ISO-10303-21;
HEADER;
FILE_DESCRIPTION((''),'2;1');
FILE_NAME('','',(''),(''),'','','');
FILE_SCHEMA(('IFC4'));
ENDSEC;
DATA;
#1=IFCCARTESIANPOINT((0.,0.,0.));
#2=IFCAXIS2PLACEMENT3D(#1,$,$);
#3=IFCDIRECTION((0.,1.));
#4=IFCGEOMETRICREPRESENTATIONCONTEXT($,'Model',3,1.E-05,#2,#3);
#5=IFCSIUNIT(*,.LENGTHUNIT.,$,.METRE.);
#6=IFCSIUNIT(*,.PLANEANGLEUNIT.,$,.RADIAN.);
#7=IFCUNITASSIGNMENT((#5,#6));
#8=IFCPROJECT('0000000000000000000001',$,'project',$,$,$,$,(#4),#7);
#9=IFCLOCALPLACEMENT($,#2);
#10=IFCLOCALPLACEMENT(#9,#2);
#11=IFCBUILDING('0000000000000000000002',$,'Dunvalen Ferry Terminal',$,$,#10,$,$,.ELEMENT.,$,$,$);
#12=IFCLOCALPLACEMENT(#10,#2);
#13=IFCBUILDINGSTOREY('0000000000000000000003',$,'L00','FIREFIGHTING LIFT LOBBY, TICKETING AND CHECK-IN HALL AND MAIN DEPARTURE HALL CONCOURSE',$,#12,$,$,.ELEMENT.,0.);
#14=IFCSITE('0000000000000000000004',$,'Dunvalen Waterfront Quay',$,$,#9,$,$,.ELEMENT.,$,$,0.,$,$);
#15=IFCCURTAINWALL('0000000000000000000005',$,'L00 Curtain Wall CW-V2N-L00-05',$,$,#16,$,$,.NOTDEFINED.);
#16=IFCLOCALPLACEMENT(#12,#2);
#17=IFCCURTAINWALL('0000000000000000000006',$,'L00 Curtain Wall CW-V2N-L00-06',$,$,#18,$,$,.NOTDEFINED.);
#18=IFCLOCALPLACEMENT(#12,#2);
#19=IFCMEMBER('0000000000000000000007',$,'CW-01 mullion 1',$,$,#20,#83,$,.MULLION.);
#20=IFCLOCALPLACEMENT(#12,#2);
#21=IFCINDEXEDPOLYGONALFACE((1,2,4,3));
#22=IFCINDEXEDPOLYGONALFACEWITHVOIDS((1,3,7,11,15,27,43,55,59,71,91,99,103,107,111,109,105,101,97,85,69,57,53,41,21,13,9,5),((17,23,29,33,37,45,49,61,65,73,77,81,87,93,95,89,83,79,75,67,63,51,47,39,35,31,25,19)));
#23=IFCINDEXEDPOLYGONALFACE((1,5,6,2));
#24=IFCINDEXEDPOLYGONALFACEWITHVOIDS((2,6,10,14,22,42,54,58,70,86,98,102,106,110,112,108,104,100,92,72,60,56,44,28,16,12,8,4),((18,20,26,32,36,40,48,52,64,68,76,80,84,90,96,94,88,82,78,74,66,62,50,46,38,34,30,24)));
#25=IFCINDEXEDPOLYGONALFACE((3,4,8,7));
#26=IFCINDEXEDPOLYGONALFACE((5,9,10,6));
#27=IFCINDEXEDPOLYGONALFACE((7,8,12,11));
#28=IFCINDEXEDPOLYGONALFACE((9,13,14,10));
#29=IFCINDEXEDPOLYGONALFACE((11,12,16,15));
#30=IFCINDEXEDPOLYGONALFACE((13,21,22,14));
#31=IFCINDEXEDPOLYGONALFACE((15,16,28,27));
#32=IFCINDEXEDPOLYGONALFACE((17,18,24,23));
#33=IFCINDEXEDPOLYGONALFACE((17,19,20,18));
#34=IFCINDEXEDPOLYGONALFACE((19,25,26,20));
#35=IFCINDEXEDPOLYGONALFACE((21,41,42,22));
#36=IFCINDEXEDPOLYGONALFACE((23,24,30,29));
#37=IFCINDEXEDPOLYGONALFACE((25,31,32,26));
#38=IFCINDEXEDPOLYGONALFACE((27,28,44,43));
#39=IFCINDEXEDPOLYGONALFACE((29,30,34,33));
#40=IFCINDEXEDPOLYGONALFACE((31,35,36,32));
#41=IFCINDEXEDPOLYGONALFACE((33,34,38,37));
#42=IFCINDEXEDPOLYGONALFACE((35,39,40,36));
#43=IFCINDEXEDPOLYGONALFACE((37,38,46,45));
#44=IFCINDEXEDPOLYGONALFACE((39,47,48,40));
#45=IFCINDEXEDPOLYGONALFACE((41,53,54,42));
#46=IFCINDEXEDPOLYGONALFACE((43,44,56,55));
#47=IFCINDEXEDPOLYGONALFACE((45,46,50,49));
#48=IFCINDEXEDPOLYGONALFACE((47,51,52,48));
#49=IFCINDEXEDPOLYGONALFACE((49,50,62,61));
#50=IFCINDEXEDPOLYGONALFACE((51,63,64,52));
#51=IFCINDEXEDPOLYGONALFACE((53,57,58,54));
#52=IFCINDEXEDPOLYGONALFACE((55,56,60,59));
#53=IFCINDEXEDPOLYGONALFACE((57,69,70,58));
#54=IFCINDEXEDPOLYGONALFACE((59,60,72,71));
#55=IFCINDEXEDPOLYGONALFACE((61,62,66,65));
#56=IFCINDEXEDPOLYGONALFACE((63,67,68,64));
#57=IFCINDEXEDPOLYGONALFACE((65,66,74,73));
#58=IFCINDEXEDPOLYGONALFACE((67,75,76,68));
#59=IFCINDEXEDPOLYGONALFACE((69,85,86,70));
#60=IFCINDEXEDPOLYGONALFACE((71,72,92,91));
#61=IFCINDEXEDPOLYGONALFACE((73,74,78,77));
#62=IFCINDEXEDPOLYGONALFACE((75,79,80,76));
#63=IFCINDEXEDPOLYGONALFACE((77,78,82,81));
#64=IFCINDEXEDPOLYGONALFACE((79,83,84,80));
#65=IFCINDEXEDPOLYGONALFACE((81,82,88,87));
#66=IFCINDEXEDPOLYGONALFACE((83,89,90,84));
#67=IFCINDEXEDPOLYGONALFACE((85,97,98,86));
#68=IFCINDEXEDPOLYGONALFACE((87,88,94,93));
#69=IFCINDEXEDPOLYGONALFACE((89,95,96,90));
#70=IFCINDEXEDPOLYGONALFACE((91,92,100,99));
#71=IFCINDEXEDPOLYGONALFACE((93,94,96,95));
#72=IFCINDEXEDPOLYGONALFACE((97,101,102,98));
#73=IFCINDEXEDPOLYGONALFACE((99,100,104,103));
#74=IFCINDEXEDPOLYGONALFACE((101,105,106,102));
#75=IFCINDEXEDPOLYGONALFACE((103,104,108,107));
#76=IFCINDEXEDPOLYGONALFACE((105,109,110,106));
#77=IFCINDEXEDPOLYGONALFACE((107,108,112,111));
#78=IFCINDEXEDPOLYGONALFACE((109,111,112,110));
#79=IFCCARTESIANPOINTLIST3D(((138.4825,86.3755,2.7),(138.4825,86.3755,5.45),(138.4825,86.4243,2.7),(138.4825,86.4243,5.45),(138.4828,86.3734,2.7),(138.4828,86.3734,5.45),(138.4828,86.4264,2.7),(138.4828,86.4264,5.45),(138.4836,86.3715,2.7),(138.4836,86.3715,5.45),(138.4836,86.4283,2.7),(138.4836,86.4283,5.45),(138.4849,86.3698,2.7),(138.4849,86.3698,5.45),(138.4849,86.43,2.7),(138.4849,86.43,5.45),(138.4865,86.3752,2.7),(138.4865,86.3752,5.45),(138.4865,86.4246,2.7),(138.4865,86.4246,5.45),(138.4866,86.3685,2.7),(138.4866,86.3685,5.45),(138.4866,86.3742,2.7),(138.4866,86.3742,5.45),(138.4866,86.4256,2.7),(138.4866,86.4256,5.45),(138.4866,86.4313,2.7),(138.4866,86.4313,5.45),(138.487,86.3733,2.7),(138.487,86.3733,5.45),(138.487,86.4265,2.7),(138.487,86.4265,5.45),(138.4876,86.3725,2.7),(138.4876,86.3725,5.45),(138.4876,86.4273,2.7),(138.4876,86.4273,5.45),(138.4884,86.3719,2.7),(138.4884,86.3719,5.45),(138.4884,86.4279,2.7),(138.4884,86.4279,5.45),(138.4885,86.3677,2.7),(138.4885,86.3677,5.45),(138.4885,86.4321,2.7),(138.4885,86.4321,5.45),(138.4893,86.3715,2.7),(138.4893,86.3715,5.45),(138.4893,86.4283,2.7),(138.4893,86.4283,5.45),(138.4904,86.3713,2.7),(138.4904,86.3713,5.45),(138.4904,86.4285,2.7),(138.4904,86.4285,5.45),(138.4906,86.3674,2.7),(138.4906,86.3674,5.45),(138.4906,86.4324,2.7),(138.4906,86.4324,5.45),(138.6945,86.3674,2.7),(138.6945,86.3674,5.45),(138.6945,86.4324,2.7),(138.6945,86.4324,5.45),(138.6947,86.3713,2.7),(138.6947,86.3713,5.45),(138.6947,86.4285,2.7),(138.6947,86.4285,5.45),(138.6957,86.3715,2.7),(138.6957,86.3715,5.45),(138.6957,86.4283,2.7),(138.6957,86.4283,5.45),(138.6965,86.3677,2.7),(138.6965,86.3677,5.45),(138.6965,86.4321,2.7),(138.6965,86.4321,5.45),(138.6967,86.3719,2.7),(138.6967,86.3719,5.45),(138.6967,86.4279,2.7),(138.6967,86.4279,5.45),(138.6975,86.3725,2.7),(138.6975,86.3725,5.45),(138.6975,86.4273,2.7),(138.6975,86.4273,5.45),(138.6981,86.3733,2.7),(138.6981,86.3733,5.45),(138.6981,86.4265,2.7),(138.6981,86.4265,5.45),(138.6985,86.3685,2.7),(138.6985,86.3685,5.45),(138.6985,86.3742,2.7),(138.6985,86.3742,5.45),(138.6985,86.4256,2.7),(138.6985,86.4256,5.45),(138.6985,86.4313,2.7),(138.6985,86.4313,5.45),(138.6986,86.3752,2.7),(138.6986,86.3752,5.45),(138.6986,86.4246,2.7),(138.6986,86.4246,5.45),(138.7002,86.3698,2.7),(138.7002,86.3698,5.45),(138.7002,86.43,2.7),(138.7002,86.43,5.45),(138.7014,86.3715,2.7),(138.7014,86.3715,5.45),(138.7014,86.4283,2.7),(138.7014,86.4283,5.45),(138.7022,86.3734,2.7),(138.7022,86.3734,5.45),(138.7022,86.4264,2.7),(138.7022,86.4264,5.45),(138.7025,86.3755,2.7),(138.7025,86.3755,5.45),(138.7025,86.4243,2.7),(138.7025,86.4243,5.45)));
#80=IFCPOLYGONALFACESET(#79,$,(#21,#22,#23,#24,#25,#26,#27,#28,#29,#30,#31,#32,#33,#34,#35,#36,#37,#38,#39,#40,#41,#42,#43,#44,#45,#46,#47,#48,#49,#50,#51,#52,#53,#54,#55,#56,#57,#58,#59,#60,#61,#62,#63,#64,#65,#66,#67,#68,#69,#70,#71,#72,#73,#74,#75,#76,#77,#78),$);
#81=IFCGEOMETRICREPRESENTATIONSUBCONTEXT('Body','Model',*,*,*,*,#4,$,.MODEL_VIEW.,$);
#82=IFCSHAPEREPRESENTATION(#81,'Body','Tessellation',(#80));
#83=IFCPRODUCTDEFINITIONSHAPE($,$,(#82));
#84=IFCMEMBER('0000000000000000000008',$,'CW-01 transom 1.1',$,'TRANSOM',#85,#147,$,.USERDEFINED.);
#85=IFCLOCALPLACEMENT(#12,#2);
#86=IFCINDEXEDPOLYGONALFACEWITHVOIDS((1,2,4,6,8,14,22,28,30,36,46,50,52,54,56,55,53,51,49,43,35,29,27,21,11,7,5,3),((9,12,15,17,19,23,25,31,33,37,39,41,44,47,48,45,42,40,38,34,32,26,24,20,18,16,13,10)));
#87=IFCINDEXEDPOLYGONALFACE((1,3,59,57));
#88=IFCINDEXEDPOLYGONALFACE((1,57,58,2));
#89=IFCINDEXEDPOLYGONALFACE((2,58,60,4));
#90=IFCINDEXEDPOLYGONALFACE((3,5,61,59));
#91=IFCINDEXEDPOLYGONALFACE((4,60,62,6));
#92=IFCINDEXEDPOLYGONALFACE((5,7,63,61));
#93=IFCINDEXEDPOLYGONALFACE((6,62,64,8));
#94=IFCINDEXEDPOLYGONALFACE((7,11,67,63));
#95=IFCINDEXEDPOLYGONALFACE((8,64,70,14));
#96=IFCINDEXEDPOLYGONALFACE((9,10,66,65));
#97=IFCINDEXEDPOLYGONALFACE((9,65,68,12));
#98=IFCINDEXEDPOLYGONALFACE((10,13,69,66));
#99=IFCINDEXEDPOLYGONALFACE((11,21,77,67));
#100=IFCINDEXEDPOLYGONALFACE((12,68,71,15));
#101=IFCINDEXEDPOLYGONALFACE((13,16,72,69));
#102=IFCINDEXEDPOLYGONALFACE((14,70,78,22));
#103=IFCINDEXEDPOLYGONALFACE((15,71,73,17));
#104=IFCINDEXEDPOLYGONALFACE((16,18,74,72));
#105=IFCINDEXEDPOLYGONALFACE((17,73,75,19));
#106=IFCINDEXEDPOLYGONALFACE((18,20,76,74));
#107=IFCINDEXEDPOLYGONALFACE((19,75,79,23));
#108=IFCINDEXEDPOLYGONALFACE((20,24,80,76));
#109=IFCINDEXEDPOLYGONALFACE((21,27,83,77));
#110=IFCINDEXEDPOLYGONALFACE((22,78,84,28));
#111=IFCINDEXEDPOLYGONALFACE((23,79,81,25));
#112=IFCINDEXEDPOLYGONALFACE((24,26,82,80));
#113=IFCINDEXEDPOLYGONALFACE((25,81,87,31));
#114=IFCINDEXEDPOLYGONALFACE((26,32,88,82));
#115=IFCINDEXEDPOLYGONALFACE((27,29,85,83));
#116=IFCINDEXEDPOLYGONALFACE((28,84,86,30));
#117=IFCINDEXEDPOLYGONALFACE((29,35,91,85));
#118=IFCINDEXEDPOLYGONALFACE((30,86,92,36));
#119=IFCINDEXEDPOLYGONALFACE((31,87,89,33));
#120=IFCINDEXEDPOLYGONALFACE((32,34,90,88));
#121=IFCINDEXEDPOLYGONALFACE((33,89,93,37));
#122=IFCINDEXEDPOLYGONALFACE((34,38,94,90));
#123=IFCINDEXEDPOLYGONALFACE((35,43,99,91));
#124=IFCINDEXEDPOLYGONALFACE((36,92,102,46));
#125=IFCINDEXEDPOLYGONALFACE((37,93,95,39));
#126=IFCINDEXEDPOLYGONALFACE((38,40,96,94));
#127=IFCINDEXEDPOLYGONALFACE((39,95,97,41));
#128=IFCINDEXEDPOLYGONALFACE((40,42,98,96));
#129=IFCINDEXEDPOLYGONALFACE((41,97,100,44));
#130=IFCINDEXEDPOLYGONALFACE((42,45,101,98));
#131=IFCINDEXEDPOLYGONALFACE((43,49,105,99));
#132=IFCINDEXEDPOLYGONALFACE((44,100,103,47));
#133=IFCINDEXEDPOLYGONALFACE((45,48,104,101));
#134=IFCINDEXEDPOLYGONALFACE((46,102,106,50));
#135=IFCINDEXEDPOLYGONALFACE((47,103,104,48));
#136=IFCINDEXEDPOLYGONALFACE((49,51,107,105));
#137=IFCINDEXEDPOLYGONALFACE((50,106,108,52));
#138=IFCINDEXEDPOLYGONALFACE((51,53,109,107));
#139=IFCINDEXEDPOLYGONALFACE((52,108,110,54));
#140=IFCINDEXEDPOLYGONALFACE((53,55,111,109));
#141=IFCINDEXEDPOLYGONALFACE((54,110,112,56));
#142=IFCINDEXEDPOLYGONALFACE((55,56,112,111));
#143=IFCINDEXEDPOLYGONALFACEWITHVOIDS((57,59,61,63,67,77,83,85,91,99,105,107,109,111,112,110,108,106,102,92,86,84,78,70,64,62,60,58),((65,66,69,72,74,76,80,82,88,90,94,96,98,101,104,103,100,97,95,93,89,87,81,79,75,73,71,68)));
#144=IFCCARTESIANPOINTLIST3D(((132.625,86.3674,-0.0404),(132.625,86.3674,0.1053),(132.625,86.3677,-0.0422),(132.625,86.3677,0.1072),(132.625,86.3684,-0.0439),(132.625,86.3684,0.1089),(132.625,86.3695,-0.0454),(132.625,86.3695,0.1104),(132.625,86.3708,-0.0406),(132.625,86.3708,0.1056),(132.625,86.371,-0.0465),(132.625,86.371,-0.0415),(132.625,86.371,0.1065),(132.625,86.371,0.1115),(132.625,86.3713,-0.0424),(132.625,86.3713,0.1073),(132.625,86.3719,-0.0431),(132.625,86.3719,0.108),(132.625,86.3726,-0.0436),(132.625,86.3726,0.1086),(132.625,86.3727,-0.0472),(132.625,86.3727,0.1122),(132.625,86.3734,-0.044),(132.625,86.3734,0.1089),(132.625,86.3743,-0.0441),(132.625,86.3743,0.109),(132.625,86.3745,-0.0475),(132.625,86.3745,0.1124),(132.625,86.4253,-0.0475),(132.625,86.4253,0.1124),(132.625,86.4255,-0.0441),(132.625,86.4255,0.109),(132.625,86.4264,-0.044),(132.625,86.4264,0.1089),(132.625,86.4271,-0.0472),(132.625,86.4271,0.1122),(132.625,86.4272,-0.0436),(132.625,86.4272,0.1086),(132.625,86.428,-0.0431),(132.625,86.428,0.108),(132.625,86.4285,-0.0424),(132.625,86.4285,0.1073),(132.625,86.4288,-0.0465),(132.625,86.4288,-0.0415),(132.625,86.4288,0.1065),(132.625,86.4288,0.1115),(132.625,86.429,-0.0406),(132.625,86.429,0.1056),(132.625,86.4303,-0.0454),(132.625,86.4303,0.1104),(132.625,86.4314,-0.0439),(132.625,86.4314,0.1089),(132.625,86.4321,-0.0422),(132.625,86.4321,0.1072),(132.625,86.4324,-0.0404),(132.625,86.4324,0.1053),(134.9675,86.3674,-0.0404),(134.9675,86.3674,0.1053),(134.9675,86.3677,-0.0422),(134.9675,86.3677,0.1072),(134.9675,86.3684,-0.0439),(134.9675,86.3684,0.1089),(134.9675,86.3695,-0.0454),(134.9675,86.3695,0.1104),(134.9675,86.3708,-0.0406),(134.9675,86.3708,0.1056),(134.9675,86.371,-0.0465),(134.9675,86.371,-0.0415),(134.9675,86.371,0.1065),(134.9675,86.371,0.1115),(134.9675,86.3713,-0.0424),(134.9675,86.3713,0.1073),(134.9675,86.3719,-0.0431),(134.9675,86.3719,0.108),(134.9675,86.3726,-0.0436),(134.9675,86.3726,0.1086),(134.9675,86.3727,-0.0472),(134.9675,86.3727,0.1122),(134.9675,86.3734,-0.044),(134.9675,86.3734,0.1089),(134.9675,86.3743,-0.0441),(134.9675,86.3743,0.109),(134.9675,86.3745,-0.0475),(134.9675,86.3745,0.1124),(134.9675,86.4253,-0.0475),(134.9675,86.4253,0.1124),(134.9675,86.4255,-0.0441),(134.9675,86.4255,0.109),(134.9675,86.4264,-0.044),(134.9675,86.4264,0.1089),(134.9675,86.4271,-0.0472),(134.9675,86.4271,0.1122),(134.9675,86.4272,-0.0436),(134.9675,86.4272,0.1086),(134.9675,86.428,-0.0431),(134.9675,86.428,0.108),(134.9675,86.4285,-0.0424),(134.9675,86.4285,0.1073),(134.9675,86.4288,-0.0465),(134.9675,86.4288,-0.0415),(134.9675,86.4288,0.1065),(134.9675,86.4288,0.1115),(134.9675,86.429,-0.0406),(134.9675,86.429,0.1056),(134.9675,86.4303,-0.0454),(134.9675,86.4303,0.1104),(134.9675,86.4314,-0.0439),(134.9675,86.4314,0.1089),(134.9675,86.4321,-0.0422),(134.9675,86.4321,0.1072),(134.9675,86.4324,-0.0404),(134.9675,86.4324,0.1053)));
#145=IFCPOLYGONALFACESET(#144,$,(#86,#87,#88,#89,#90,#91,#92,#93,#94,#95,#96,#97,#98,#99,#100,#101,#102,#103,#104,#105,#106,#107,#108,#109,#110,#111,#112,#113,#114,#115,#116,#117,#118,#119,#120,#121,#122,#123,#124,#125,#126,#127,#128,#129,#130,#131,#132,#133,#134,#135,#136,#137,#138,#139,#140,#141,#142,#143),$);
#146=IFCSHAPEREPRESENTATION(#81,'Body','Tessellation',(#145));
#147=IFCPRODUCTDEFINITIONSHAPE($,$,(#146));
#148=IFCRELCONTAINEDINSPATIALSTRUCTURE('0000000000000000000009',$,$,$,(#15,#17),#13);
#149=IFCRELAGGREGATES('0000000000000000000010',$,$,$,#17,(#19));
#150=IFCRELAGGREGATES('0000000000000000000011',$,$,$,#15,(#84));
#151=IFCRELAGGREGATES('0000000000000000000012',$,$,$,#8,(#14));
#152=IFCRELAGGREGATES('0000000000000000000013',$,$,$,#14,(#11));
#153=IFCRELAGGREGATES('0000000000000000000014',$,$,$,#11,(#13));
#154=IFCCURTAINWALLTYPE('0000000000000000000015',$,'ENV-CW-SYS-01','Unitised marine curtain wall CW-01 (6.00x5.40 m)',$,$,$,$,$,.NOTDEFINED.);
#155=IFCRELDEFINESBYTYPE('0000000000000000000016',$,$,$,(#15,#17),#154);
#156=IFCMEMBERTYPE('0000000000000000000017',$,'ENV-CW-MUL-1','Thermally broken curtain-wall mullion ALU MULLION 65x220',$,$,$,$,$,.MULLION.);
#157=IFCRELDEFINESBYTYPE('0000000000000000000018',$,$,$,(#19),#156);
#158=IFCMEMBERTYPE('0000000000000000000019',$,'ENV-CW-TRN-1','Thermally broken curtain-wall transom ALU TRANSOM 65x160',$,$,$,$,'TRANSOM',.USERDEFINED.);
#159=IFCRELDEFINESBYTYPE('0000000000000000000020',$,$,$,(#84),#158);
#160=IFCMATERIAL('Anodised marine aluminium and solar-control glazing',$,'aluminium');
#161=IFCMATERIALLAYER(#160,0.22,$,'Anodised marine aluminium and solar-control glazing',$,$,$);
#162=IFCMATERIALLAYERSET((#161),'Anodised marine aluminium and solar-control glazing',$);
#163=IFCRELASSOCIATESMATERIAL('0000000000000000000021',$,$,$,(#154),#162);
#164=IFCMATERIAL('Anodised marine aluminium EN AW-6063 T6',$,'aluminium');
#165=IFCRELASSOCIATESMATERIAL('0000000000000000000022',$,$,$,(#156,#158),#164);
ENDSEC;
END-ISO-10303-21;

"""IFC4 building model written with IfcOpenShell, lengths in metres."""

from ifc_helpers import new_model, si_unit, direction, frame, origin, origin_2d, place, context, subcontext, project, spatial, hollow_rectangle, extrude, material, layer, layer_set, material_profile, profile_set, type_object, element, aggregate, save


model = new_model("IFC4")

# Units and contexts
model_context = context("Model", 3, precision=1e-05, world=origin(), true_north=direction((0.0, 1.0)))
body_context = subcontext(model_context, "Body", "Model", "MODEL_VIEW")
ifc_project = project(units=[si_unit("LENGTHUNIT", "METRE"), si_unit("PLANEANGLEUNIT", "RADIAN")], contexts=[model_context])

# Site, building, storey
site_placement = place(None, origin())
site = spatial("IfcSite", under=ifc_project, at=site_placement, Name="Dunvalen Waterfront Quay", CompositionType="ELEMENT", RefElevation=0.0)
building_placement = place(site_placement, origin())
building = spatial("IfcBuilding", under=site, at=building_placement, Name="Dunvalen Ferry Terminal", CompositionType="ELEMENT")
storey_placement = place(building_placement, origin())
storey = spatial("IfcBuildingStorey", under=building, at=storey_placement, Name="L00", Description="FIREFIGHTING LIFT LOBBY, TICKETING AND CHECK-IN HALL AND MAIN DEPARTURE HALL CONCOURSE", CompositionType="ELEMENT", Elevation=0.0)

# Curtain wall
ifc_material_1 = material(Name="Anodised marine aluminium and solar-control glazing", Category="aluminium")
ifc_layer_1 = layer(ifc_material_1, 0.22, Name="Anodised marine aluminium and solar-control glazing")
ifc_layer_set_1 = layer_set([ifc_layer_1], Name="Anodised marine aluminium and solar-control glazing")
curtain_wall_type = type_object("IfcCurtainWallType", Name="ENV-CW-SYS-01", Description="Unitised marine curtain wall CW-01 (6.00x5.40 m)", PredefinedType="NOTDEFINED", material=ifc_layer_set_1)
curtain_wall_1_placement = place(storey_placement, origin())
curtain_wall_1 = element("IfcCurtainWall", 1, at=curtain_wall_1_placement, inside=storey, type_object=curtain_wall_type, Name="L00 Curtain Wall CW-V2N-L00-05", PredefinedType="NOTDEFINED")
ifc_material_2 = material(Name="Anodised marine aluminium EN AW-6063 T6", Category="aluminium")
ifc_material_profile_1 = material_profile(ifc_material_2, hollow_rectangle(XDim=0.0649, YDim=0.22, WallThickness=0.0039, InnerFilletRadius=0.0039, OuterFilletRadius=0.0081, at=origin_2d()), Name="Anodised marine aluminium EN AW-6063 T6")
ifc_profile_set_1 = profile_set([ifc_material_profile_1], Name="Anodised marine aluminium EN AW-6063 T6")
member_type_1 = type_object("IfcMemberType", Name="ENV-CW-MUL-1", Description="Thermally broken curtain-wall mullion ALU MULLION 65x220", PredefinedType="MULLION", material=ifc_profile_set_1)

# Curtain wall, member
curtain_wall_2_placement = place(storey_placement, origin())
curtain_wall_2 = element("IfcCurtainWall", 2, at=curtain_wall_2_placement, inside=storey, type_object=curtain_wall_type, Name="L00 Curtain Wall CW-V2N-L00-06", PredefinedType="NOTDEFINED")
member_1_placement = place(storey_placement, frame((138.5925, 86.3999, 2.7), z_axis=(0.0, 0.0, 1.0), x_axis=(0.0, 1.0, 0.0)))
member_1 = element("IfcMember", 3, at=member_1_placement, type_object=member_type_1, Name="CW-01 mullion 1", PredefinedType="MULLION", context=body_context, shape_type="SweptSolid", body=[
    extrude(hollow_rectangle(XDim=0.0649, YDim=0.22, WallThickness=0.0039, InnerFilletRadius=0.0039, OuterFilletRadius=0.0081, at=origin_2d()), origin(), (0.0, 0.0, 1.0), 2.75),
])

# Member
ifc_material_profile_2 = material_profile(ifc_material_2, hollow_rectangle(XDim=0.0649, YDim=0.1599, WallThickness=0.0034, InnerFilletRadius=0.0034, OuterFilletRadius=0.0071, at=origin_2d()), Name="Anodised marine aluminium EN AW-6063 T6")
ifc_profile_set_2 = profile_set([ifc_material_profile_2], Name="Anodised marine aluminium EN AW-6063 T6")
member_type_2 = type_object("IfcMemberType", Name="ENV-CW-TRN-1", Description="Thermally broken curtain-wall transom ALU TRANSOM 65x160", ElementType="TRANSOM", PredefinedType="USERDEFINED", material=ifc_profile_set_2)
member_2_placement = place(storey_placement, frame((132.625, 86.3999, 0.0325), z_axis=(1.0, 0.0, 0.0), x_axis=(0.0, 1.0, 0.0)))
member_2 = element("IfcMember", 4, at=member_2_placement, type_object=member_type_2, Name="CW-01 transom 1.1", ObjectType="TRANSOM", PredefinedType="USERDEFINED", context=body_context, shape_type="SweptSolid", body=[
    extrude(hollow_rectangle(XDim=0.0649, YDim=0.1599, WallThickness=0.0034, InnerFilletRadius=0.0034, OuterFilletRadius=0.0071, at=origin_2d()), origin(), (0.0, 0.0, 1.0), 2.3425),
])
aggregate(curtain_wall_2, [member_1])

aggregate(curtain_wall_1, [member_2])

save(model, "model.ifc")
